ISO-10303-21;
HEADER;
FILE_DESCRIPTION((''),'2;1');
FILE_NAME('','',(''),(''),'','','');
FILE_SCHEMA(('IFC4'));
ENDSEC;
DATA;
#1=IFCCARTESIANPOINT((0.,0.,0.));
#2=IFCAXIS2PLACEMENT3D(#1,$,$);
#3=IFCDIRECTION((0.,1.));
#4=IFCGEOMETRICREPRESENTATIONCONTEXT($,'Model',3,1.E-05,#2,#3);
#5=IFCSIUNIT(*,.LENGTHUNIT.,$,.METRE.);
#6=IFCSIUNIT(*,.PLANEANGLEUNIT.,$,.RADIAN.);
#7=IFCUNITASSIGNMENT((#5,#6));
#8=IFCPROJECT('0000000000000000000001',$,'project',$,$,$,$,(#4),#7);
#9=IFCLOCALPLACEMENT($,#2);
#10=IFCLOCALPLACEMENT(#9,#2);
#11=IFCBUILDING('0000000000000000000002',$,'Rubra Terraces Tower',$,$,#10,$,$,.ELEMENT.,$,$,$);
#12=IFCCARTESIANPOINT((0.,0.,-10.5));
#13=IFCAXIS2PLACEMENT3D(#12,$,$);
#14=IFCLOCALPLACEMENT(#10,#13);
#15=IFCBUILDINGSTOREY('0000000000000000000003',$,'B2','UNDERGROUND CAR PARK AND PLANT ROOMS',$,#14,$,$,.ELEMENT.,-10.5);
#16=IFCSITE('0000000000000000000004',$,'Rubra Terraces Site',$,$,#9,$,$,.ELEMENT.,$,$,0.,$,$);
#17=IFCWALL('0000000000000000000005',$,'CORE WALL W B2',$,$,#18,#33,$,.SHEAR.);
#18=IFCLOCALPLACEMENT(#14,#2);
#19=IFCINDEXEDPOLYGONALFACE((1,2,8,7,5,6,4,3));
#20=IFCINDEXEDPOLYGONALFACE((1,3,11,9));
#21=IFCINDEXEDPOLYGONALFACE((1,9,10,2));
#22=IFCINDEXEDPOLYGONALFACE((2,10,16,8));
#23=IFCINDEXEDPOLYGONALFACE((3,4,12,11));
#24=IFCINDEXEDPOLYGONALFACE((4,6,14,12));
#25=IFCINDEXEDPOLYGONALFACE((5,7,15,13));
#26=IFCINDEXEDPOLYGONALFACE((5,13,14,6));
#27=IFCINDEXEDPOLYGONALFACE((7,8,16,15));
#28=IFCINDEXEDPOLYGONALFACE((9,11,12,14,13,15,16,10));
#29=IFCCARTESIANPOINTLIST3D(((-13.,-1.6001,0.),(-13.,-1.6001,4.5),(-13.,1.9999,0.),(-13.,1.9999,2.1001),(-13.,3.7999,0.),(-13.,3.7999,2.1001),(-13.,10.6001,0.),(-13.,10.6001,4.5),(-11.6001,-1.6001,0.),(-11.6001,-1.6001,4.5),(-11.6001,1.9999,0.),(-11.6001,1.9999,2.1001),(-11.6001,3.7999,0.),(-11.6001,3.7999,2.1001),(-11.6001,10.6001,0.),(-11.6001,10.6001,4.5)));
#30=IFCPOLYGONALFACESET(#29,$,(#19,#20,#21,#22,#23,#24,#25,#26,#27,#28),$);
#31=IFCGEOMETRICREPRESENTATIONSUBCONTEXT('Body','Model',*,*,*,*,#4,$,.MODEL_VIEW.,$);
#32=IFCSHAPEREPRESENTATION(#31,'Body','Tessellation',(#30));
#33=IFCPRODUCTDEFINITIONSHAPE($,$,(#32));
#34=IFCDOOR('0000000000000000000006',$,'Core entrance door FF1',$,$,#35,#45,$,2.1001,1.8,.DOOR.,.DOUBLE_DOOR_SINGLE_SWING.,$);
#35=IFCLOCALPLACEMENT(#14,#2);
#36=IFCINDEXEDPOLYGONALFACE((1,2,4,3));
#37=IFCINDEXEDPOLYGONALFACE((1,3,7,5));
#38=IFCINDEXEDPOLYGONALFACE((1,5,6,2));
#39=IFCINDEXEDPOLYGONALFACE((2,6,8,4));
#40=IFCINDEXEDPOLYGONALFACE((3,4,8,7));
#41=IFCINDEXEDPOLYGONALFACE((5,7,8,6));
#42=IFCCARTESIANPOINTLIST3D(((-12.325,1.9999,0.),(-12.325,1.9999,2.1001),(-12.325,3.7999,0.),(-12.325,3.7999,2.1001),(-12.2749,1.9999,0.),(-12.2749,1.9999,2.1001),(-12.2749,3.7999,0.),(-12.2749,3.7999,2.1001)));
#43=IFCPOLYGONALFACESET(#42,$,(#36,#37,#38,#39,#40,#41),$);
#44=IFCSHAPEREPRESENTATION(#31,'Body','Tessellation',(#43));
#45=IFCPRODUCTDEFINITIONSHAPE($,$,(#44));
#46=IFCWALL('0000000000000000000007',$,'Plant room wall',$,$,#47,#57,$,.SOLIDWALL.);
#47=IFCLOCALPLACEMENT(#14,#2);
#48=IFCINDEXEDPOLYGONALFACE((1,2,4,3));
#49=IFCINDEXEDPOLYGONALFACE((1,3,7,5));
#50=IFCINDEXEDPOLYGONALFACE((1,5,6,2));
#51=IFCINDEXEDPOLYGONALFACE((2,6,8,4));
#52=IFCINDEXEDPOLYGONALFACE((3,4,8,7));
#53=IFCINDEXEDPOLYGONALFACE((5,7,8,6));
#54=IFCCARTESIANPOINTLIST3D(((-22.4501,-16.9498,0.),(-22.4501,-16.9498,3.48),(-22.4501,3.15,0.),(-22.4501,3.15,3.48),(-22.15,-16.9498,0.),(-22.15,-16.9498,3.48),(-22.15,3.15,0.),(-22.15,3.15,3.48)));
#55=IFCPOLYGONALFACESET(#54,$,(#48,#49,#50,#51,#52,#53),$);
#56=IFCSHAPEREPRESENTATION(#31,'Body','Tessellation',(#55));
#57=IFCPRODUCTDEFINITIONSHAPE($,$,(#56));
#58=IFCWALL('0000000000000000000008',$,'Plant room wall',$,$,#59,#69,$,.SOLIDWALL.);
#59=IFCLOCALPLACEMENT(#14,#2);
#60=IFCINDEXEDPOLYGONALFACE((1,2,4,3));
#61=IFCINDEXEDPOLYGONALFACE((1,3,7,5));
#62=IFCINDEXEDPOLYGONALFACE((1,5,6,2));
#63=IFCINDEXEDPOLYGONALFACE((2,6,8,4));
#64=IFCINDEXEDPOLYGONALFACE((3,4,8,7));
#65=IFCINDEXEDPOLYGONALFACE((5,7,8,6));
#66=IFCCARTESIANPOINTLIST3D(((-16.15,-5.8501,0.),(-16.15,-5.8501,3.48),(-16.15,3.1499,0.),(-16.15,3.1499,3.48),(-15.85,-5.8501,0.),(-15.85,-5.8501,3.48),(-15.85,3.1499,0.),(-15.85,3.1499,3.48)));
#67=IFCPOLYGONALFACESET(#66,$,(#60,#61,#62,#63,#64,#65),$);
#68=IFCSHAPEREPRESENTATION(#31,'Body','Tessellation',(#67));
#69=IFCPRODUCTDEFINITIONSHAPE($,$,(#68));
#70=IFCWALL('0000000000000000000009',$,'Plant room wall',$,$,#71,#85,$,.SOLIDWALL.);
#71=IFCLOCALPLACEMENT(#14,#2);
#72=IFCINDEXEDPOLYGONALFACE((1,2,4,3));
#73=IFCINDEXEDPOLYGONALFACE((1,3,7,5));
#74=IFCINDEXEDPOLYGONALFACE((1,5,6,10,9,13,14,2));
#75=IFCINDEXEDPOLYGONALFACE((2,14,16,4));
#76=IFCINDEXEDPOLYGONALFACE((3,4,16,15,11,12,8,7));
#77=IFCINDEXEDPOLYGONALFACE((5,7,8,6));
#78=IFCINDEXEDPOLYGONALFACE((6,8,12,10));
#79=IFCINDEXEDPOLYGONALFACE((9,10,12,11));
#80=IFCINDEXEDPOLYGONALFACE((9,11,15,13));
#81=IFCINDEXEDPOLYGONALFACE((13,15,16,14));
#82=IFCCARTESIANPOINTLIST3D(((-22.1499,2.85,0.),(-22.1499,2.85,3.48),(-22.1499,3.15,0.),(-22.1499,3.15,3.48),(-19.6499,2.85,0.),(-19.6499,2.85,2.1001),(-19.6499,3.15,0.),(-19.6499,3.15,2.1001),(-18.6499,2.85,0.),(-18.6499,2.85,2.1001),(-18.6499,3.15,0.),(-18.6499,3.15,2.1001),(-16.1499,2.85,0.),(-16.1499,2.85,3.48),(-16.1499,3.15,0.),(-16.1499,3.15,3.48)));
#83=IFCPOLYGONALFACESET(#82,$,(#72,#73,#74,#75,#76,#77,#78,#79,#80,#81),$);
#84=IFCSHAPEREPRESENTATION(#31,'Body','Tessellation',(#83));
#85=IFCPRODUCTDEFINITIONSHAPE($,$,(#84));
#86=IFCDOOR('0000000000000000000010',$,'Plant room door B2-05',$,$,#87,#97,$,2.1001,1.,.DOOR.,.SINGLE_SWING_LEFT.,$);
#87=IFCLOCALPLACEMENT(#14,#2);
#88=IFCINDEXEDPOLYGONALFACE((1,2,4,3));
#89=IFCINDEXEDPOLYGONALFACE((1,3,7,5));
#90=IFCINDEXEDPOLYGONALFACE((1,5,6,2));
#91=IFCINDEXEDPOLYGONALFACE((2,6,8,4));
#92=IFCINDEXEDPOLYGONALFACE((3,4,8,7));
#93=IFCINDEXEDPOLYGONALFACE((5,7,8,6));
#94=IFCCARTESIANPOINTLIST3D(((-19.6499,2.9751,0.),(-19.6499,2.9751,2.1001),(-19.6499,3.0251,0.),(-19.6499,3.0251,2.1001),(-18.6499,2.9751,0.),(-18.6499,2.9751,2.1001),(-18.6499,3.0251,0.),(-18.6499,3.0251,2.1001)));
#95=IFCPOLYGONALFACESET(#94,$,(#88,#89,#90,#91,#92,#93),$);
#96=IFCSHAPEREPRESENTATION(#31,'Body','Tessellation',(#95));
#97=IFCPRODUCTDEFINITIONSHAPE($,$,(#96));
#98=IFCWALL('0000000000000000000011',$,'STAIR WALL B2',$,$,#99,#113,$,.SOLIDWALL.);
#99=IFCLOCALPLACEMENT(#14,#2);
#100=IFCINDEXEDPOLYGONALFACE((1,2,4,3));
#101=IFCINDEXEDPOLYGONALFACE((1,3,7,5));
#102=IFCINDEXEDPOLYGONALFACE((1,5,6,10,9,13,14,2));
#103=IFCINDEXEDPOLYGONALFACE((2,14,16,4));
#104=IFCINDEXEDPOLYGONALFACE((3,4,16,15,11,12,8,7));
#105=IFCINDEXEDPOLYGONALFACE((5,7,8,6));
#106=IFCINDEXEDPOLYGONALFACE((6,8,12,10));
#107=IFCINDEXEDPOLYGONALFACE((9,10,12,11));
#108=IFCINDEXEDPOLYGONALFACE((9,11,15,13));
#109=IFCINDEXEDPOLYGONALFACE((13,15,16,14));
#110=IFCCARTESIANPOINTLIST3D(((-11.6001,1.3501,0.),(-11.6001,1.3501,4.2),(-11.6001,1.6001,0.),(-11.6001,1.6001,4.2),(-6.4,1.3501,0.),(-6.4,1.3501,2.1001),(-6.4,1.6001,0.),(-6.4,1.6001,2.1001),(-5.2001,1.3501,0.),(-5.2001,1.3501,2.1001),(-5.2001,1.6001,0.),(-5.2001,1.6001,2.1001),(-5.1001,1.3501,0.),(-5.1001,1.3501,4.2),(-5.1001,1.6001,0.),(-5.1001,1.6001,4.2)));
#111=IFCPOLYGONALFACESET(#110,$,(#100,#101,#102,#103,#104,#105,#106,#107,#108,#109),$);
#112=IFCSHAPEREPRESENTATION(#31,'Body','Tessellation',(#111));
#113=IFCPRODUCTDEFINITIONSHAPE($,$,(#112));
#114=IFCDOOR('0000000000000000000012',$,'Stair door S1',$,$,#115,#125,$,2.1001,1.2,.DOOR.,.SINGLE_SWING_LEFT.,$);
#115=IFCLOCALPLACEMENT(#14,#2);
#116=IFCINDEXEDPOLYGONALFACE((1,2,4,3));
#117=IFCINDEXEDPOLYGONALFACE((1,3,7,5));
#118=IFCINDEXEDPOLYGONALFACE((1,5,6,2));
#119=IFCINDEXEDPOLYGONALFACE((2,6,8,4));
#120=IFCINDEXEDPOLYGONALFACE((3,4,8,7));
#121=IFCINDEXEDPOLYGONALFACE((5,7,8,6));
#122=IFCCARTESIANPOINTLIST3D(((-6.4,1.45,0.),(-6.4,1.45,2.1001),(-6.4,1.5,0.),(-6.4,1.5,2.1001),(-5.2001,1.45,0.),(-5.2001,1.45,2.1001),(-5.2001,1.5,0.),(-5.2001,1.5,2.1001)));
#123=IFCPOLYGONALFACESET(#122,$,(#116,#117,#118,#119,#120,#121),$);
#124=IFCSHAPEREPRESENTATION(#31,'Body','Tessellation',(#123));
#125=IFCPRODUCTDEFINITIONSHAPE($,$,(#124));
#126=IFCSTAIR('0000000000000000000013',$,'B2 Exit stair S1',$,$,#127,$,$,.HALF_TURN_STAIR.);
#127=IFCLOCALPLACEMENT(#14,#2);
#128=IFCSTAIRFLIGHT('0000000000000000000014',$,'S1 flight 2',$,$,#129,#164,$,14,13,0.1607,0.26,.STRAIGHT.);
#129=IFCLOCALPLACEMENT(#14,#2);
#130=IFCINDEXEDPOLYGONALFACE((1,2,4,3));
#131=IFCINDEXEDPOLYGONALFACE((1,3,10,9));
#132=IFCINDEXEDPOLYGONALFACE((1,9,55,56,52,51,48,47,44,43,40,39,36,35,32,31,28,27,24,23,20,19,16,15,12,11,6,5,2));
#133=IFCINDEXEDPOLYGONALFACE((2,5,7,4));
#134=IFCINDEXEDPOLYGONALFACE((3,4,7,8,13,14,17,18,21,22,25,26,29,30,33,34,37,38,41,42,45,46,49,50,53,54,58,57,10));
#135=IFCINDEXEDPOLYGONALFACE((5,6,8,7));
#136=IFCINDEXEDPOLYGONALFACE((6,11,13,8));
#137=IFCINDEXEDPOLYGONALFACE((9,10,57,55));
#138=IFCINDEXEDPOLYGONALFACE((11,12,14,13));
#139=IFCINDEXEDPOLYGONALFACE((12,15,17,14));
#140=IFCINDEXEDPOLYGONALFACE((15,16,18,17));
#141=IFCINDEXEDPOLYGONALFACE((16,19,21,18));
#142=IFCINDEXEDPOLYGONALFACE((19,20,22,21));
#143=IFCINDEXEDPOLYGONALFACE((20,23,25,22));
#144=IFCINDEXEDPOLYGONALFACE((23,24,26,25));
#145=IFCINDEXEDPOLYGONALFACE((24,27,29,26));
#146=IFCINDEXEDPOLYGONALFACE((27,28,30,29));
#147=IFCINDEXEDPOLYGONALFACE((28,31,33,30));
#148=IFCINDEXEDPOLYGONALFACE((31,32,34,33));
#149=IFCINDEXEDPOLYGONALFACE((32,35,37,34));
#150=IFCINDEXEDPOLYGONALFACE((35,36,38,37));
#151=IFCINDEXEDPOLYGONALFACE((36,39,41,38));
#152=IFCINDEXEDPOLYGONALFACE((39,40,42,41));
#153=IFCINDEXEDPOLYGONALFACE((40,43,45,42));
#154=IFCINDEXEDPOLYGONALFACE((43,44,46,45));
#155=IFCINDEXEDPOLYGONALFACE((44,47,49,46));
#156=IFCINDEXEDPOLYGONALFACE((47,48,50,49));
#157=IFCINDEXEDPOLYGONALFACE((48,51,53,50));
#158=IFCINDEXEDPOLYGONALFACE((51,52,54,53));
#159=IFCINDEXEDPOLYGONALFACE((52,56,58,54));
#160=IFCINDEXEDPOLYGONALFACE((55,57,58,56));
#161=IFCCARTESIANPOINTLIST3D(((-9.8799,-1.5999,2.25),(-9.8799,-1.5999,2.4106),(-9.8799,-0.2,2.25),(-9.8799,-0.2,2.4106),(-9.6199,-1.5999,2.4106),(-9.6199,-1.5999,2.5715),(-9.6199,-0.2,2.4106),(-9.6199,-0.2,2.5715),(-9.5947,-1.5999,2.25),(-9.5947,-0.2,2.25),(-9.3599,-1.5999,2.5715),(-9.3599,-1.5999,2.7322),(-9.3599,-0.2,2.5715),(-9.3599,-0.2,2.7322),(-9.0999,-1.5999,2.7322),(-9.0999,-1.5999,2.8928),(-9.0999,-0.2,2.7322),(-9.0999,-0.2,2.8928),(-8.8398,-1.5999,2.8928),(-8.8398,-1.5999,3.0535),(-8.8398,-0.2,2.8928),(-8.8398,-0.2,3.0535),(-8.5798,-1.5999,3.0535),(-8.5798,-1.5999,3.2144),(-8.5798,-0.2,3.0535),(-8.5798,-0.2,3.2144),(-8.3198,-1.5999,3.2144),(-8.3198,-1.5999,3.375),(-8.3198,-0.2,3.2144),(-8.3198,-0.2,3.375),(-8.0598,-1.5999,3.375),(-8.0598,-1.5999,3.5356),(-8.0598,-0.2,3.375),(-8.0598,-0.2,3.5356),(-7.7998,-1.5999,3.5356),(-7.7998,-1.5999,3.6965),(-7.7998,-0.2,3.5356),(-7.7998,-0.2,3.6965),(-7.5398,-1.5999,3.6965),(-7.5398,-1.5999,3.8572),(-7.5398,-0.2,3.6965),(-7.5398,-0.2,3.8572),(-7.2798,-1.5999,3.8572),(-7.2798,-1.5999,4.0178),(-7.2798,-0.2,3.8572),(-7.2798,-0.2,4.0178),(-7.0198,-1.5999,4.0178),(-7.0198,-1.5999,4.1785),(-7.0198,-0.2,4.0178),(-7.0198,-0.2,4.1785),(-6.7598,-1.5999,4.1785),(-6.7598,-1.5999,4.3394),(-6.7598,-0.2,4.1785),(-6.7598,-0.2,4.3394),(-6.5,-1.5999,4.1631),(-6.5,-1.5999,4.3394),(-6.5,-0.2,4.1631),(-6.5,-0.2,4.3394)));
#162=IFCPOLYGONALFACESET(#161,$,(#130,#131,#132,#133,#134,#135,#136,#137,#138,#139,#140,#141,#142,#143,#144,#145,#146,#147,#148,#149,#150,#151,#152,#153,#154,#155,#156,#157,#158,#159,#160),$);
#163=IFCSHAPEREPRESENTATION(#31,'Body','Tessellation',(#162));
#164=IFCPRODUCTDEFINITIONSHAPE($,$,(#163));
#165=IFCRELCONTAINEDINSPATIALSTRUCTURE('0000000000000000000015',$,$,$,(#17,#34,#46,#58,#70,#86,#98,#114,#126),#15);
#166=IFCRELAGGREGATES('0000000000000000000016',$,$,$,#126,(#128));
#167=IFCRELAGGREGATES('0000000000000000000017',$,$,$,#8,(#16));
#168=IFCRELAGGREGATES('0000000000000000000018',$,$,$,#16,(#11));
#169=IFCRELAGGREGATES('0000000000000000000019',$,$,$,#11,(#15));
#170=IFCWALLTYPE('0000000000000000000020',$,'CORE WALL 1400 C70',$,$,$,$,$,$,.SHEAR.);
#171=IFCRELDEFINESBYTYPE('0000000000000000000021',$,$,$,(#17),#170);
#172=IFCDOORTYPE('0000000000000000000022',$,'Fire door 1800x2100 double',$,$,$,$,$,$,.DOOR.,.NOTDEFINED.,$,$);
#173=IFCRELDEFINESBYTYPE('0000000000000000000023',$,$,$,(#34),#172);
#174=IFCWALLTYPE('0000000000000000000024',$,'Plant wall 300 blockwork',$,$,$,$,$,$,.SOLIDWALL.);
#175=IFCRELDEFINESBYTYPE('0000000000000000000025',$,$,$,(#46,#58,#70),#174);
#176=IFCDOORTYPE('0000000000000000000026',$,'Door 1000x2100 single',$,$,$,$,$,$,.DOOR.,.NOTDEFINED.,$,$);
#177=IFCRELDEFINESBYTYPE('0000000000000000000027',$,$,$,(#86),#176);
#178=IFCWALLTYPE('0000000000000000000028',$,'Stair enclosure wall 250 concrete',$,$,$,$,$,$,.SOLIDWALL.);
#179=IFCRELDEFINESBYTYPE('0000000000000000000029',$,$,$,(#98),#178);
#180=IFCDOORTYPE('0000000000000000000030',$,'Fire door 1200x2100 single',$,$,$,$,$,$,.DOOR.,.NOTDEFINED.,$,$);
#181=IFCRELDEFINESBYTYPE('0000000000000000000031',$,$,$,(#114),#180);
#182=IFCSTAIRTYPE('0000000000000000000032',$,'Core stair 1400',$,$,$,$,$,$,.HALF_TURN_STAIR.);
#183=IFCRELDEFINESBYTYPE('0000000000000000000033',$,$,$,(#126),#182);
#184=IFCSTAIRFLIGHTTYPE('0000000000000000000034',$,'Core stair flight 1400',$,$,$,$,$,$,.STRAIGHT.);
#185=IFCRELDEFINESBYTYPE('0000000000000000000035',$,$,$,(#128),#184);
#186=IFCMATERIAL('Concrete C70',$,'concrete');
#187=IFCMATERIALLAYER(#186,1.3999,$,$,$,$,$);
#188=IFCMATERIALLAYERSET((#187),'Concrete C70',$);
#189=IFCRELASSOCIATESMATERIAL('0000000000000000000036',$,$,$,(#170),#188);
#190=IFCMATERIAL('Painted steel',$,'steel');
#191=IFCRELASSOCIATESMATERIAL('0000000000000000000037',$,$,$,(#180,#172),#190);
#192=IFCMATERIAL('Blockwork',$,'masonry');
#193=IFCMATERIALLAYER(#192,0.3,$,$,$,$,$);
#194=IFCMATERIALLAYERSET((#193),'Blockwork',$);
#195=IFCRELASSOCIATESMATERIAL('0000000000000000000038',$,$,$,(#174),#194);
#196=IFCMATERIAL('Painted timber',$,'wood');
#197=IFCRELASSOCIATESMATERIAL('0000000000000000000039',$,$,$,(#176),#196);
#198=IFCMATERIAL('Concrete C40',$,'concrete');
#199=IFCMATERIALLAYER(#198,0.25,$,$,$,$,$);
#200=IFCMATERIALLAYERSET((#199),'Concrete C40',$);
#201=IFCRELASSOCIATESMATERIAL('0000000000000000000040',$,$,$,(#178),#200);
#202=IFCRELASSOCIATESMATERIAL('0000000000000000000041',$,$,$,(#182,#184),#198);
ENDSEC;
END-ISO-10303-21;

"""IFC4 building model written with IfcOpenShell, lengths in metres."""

from ifc_helpers import new_model, si_unit, direction, frame, frame_2d, origin, place, context, subcontext, project, spatial, polyline, rectangle, outline, extrude, material, layer, layer_set, type_object, element, fill, aggregate, save


model = new_model("IFC4")

# Units and contexts
model_context = context("Model", 3, precision=1e-05, world=origin(), true_north=direction((0.0, 1.0)))
body_context = subcontext(model_context, "Body", "Model", "MODEL_VIEW")
ifc_project = project(units=[si_unit("LENGTHUNIT", "METRE"), si_unit("PLANEANGLEUNIT", "RADIAN")], contexts=[model_context])

# Site, building, storey
site_placement = place(None, origin())
site = spatial("IfcSite", under=ifc_project, at=site_placement, Name="Rubra Terraces Site", CompositionType="ELEMENT", RefElevation=0.0)
building_placement = place(site_placement, origin())
building = spatial("IfcBuilding", under=site, at=building_placement, Name="Rubra Terraces Tower", CompositionType="ELEMENT")
storey_placement = place(building_placement, frame((0.0, 0.0, -10.5)))
storey = spatial("IfcBuildingStorey", under=building, at=storey_placement, Name="B2", Description="UNDERGROUND CAR PARK AND PLANT ROOMS", CompositionType="ELEMENT", Elevation=-10.5)

# Shared definitions
ifc_material_1 = material(Name="Concrete C70", Category="concrete")
ifc_layer_1 = layer(ifc_material_1, 1.3999)
ifc_layer_set_1 = layer_set([ifc_layer_1], Name="Concrete C70")
wall_type_1 = type_object("IfcWallType", Name="CORE WALL 1400 C70", PredefinedType="SHEAR", material=ifc_layer_set_1)
ifc_material_2 = material(Name="Painted steel", Category="steel")
door_type_1 = type_object("IfcDoorType", Name="Fire door 1200x2100 single", OperationType="NOTDEFINED", PredefinedType="DOOR", material=ifc_material_2)

# Wall, opening, door
wall_1_placement = place(storey_placement, frame((-12.3, -1.6001, 0.0), z_axis=(0.0, 0.0, 1.0), x_axis=(0.0, 1.0, 0.0)))
wall_1 = element("IfcWall", 1, at=wall_1_placement, inside=storey, type_object=wall_type_1, Name="CORE WALL W B2", PredefinedType="SHEAR", context=body_context, shape_type="SweptSolid", body=[
    extrude(rectangle(XDim=12.2002, YDim=1.3999, at=frame_2d((6.1001, 0.0))), origin(), (0.0, 0.0, 1.0), 4.5),
])
opening_1_placement = place(wall_1_placement, frame((3.6001, 0.0, 0.0)))
opening_1 = element("IfcOpeningElement", 2, at=opening_1_placement, cuts=wall_1, PredefinedType="OPENING", context=body_context, shape_type="SweptSolid", body=[
    extrude(rectangle(XDim=1.8, YDim=2.1001, at=frame_2d((0.8999, 1.05))), frame((0.0, 0.71, 0.0), z_axis=(0.0, -1.0, 0.0), x_axis=(1.0, 0.0, 0.0)), (0.0, 0.0, 1.0), 1.4199),
])
door_type_2 = type_object("IfcDoorType", Name="Fire door 1800x2100 double", OperationType="NOTDEFINED", PredefinedType="DOOR", material=ifc_material_2)
door_1_placement = place(opening_1_placement, origin())
door_1 = element("IfcDoor", 3, at=door_1_placement, inside=storey, type_object=door_type_2, Name="Core entrance door FF1", OperationType="DOUBLE_DOOR_SINGLE_SWING", OverallHeight=2.1001, OverallWidth=1.8, PredefinedType="DOOR", context=body_context, shape_type="SweptSolid", body=[
    extrude(rectangle(XDim=1.8, YDim=2.1001, at=frame_2d((0.8999, 1.05))), frame((0.0, 0.0249, 0.0), z_axis=(0.0, -1.0, 0.0), x_axis=(1.0, 0.0, 0.0)), (0.0, 0.0, 1.0), 0.05),
])
fill(opening_1, door_1)

# Walls
ifc_material_3 = material(Name="Blockwork", Category="masonry")
ifc_layer_2 = layer(ifc_material_3, 0.3)
ifc_layer_set_2 = layer_set([ifc_layer_2], Name="Blockwork")
wall_type_2 = type_object("IfcWallType", Name="Plant wall 300 blockwork", PredefinedType="SOLIDWALL", material=ifc_layer_set_2)
wall_2_placement = place(storey_placement, frame((-22.3, 3.1499, 0.0), z_axis=(0.0, 0.0, 1.0), x_axis=(0.0, -1.0, 0.0)))
element("IfcWall", 4, at=wall_2_placement, inside=storey, type_object=wall_type_2, Name="Plant room wall", PredefinedType="SOLIDWALL", context=body_context, shape_type="SweptSolid", body=[
    extrude(rectangle(XDim=20.0999, YDim=0.3, at=frame_2d((10.0498, 0.0))), origin(), (0.0, 0.0, 1.0), 3.48),
])
wall_3_placement = place(storey_placement, frame((-16.0, -5.8501, 0.0), z_axis=(0.0, 0.0, 1.0), x_axis=(0.0, 1.0, 0.0)))
element("IfcWall", 5, at=wall_3_placement, inside=storey, type_object=wall_type_2, Name="Plant room wall", PredefinedType="SOLIDWALL", context=body_context, shape_type="SweptSolid", body=[
    extrude(rectangle(XDim=9.0, YDim=0.3, at=frame_2d((4.5, 0.0))), origin(), (0.0, 0.0, 1.0), 3.48),
])

# Walls, openings, doors
wall_4_placement = place(storey_placement, frame((-16.1499, 3.0, 0.0), z_axis=(0.0, 0.0, 1.0), x_axis=(-1.0, 0.0, 0.0)))
wall_4 = element("IfcWall", 6, at=wall_4_placement, inside=storey, type_object=wall_type_2, Name="Plant room wall", PredefinedType="SOLIDWALL", context=body_context, shape_type="SweptSolid", body=[
    extrude(rectangle(XDim=6.0, YDim=0.3, at=frame_2d((3.0, 0.0))), origin(), (0.0, 0.0, 1.0), 3.48),
])
opening_2_placement = place(wall_4_placement, frame((2.5, 0.0, 0.0)))
opening_2 = element("IfcOpeningElement", 7, at=opening_2_placement, cuts=wall_4, PredefinedType="OPENING", context=body_context, shape_type="SweptSolid", body=[
    extrude(rectangle(XDim=1.0, YDim=2.1001, at=frame_2d((0.5, 1.05))), frame((0.0, 0.1599, 0.0), z_axis=(0.0, -1.0, 0.0), x_axis=(1.0, 0.0, 0.0)), (0.0, 0.0, 1.0), 0.3201),
])
ifc_material_4 = material(Name="Painted timber", Category="wood")
door_type_3 = type_object("IfcDoorType", Name="Door 1000x2100 single", OperationType="NOTDEFINED", PredefinedType="DOOR", material=ifc_material_4)
door_2_placement = place(opening_2_placement, origin())
door_2 = element("IfcDoor", 8, at=door_2_placement, inside=storey, type_object=door_type_3, Name="Plant room door B2-05", OperationType="SINGLE_SWING_LEFT", OverallHeight=2.1001, OverallWidth=1.0, PredefinedType="DOOR", context=body_context, shape_type="SweptSolid", body=[
    extrude(rectangle(XDim=1.0, YDim=2.1001, at=frame_2d((0.5, 1.05))), frame((0.0, 0.0249, 0.0), z_axis=(0.0, -1.0, 0.0), x_axis=(1.0, 0.0, 0.0)), (0.0, 0.0, 1.0), 0.05),
])
fill(opening_2, door_2)
ifc_material_5 = material(Name="Concrete C40", Category="concrete")
ifc_layer_3 = layer(ifc_material_5, 0.25)
ifc_layer_set_3 = layer_set([ifc_layer_3], Name="Concrete C40")
wall_type_3 = type_object("IfcWallType", Name="Stair enclosure wall 250 concrete", PredefinedType="SOLIDWALL", material=ifc_layer_set_3)
wall_5_placement = place(storey_placement, frame((-11.6001, 1.4751, 0.0), z_axis=(0.0, 0.0, 1.0), x_axis=(1.0, 0.0, 0.0)))
wall_5 = element("IfcWall", 9, at=wall_5_placement, inside=storey, type_object=wall_type_3, Name="STAIR WALL B2", PredefinedType="SOLIDWALL", context=body_context, shape_type="SweptSolid", body=[
    extrude(rectangle(XDim=6.5, YDim=0.25, at=frame_2d((3.25, 0.0))), origin(), (0.0, 0.0, 1.0), 4.2),
])
opening_3_placement = place(wall_5_placement, frame((5.2, 0.0, 0.0)))
opening_3 = element("IfcOpeningElement", 10, at=opening_3_placement, cuts=wall_5, PredefinedType="OPENING", context=body_context, shape_type="SweptSolid", body=[
    extrude(rectangle(XDim=1.2, YDim=2.1001, at=frame_2d((0.6001, 1.05))), frame((0.0, 0.135, 0.0), z_axis=(0.0, -1.0, 0.0), x_axis=(1.0, 0.0, 0.0)), (0.0, 0.0, 1.0), 0.27),
])
door_3_placement = place(opening_3_placement, origin())
door_3 = element("IfcDoor", 11, at=door_3_placement, inside=storey, type_object=door_type_1, Name="Stair door S1", OperationType="SINGLE_SWING_LEFT", OverallHeight=2.1001, OverallWidth=1.2, PredefinedType="DOOR", context=body_context, shape_type="SweptSolid", body=[
    extrude(rectangle(XDim=1.2, YDim=2.1001, at=frame_2d((0.6001, 1.05))), frame((0.0, 0.0249, 0.0), z_axis=(0.0, -1.0, 0.0), x_axis=(1.0, 0.0, 0.0)), (0.0, 0.0, 1.0), 0.05),
])
fill(opening_3, door_3)

# Stair, stair flight
stair_type = type_object("IfcStairType", Name="Core stair 1400", PredefinedType="HALF_TURN_STAIR", material=ifc_material_5)
stair_placement = place(storey_placement, origin())
stair = element("IfcStair", 12, at=stair_placement, inside=storey, type_object=stair_type, Name="B2 Exit stair S1", PredefinedType="HALF_TURN_STAIR")
stair_flight_type = type_object("IfcStairFlightType", Name="Core stair flight 1400", PredefinedType="STRAIGHT", material=ifc_material_5)
stair_flight_placement = place(storey_placement, frame((-9.8799, -0.8999, 2.25), z_axis=(0.0, 0.0, 1.0), x_axis=(1.0, 0.0, 0.0)))
stair_flight = element("IfcStairFlight", 13, at=stair_flight_placement, type_object=stair_flight_type, Name="S1 flight 2", NumberOfRisers=14, NumberOfTreads=13, PredefinedType="STRAIGHT", RiserHeight=0.1607, TreadLength=0.26, context=body_context, shape_type="SweptSolid", body=[
    extrude(outline(polyline([(0.0, 0.0), (0.0, 0.1606), (0.26, 0.1606), (0.26, 0.3215), (0.52, 0.3215), (0.52, 0.4822), (0.78, 0.4822), (0.78, 0.6428), (1.04, 0.6428), (1.04, 0.8035), (1.3, 0.8035), (1.3, 0.9644), (1.5601, 0.9644), (1.5601, 1.125), (1.8201, 1.125), (1.8201, 1.2856), (2.0801, 1.2856), (2.0801, 1.4465), (2.3401, 1.4465), (2.3401, 1.6072), (2.6001, 1.6072), (2.6001, 1.7678), (2.8601, 1.7678), (2.8601, 1.9285), (3.1201, 1.9285), (3.1201, 2.0894), (3.3799, 2.0894), (3.3799, 2.25), (3.3799, 1.9131), (0.2852, 0.0), (0.0, 0.0)])), frame((0.0, 0.7, 0.0), z_axis=(0.0, -1.0, 0.0), x_axis=(1.0, 0.0, 0.0)), (0.0, 0.0, 1.0), 1.3999),
])
aggregate(stair, [stair_flight])

save(model, "model.ifc")
